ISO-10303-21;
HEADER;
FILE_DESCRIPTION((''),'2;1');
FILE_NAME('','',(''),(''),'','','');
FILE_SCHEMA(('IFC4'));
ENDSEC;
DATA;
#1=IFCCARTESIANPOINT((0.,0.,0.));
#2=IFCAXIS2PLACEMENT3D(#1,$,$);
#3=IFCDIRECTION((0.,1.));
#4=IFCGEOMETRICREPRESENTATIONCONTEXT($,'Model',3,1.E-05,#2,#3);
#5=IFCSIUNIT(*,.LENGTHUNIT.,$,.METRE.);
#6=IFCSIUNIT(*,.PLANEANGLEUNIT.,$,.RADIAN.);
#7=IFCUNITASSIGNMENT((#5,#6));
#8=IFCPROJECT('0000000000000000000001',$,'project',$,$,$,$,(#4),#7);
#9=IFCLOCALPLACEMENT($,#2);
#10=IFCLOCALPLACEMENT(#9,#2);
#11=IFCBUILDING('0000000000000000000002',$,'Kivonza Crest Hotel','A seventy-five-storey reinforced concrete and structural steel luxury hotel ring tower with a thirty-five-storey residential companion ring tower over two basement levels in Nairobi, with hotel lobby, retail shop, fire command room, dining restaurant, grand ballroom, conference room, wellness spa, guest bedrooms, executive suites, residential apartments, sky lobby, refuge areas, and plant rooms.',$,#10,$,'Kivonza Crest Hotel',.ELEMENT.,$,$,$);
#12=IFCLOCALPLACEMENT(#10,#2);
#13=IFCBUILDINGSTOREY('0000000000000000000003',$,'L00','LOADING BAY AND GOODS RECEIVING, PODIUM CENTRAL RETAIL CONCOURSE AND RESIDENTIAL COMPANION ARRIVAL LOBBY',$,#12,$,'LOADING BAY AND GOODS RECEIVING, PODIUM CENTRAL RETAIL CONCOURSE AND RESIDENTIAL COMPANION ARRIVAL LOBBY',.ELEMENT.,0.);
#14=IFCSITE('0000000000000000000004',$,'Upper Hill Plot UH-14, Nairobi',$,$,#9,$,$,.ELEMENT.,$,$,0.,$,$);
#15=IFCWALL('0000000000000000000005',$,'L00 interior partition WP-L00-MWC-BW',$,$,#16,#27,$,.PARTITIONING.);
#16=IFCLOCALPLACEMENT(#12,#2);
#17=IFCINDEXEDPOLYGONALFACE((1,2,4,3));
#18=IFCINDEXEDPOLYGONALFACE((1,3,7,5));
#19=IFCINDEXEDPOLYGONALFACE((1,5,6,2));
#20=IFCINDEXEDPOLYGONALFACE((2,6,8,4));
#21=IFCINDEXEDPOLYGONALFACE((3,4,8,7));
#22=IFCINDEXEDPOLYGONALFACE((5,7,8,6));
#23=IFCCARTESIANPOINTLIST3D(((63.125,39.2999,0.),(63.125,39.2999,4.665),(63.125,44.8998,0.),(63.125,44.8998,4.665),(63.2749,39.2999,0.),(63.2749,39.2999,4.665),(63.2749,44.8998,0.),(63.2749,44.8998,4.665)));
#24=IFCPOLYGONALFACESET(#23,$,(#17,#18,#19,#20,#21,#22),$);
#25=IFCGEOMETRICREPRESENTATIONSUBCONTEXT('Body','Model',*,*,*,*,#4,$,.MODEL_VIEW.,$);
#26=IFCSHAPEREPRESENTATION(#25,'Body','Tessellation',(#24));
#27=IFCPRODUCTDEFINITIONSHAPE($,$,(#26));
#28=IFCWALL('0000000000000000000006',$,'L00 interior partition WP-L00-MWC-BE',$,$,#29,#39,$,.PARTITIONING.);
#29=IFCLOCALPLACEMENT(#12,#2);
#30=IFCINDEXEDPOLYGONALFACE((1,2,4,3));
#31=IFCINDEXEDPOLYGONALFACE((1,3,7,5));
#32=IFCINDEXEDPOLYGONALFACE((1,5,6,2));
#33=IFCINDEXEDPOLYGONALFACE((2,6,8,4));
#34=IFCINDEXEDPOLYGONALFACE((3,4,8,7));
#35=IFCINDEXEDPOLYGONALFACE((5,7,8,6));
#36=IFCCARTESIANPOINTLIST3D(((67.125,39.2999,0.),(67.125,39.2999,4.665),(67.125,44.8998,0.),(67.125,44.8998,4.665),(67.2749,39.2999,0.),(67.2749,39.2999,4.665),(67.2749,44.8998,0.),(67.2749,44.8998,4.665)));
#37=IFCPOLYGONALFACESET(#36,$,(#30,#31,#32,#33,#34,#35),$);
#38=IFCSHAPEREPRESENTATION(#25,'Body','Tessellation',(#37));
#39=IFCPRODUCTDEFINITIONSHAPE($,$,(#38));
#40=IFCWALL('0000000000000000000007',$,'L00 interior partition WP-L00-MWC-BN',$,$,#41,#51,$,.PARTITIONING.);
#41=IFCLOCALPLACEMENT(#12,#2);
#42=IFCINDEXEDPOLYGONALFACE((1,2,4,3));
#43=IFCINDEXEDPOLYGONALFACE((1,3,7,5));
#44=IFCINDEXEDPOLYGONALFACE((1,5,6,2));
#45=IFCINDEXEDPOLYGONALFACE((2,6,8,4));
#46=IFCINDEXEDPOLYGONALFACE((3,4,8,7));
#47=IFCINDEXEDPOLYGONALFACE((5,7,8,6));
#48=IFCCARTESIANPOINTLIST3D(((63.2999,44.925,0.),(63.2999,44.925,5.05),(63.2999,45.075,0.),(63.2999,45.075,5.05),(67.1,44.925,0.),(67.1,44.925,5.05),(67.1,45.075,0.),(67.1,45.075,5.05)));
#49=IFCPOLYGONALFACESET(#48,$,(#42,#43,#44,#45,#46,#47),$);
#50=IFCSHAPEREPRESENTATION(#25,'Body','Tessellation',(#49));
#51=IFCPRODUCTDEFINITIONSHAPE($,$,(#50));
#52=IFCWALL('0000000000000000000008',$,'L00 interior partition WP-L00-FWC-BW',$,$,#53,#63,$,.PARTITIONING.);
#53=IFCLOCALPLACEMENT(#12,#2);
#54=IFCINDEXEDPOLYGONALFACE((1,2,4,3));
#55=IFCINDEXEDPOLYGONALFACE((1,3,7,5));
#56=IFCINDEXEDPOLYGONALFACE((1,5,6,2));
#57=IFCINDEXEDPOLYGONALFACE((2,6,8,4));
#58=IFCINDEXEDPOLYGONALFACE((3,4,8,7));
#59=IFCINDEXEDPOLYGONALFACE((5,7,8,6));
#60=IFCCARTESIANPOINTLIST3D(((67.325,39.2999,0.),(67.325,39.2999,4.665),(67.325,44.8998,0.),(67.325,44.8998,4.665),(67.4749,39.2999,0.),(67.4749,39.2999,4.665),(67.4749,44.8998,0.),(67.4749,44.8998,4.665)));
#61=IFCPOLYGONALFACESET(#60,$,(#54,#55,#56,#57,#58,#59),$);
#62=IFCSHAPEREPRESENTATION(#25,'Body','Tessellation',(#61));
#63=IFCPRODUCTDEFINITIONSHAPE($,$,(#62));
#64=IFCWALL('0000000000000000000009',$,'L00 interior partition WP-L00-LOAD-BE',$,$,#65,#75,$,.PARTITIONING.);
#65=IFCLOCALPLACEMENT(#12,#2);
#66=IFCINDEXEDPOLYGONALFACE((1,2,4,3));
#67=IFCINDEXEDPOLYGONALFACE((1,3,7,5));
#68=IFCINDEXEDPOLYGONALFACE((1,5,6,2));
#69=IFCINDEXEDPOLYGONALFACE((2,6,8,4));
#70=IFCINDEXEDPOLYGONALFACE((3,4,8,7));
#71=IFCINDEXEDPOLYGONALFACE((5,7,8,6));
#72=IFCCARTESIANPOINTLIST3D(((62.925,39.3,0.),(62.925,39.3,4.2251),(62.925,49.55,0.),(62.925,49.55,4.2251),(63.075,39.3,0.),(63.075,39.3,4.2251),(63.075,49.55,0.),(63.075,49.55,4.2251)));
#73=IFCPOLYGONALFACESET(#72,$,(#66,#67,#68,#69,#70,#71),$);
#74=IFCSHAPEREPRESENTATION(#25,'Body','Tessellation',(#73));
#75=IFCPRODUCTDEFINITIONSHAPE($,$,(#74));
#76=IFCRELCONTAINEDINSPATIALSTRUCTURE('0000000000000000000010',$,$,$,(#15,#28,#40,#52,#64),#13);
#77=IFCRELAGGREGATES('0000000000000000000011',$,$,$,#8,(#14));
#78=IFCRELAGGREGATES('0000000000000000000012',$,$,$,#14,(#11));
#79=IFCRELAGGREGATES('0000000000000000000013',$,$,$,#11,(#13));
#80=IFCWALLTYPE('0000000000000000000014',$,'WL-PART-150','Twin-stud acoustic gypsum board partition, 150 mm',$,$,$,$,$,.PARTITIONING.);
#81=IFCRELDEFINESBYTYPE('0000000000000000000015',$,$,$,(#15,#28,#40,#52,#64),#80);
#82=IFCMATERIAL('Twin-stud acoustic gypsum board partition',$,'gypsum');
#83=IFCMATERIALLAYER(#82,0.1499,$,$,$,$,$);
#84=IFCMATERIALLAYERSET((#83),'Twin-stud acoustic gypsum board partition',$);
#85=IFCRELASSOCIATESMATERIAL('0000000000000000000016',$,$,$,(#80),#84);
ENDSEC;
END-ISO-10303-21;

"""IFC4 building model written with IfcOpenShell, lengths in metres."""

from ifc_helpers import new_model, si_unit, direction, frame, frame_2d, origin, place, context, subcontext, project, spatial, rectangle, extrude, material, layer, layer_set, type_object, element, save


model = new_model("IFC4")

# Units and contexts
model_context = context("Model", 3, precision=1e-05, world=origin(), true_north=direction((0.0, 1.0)))
body_context = subcontext(model_context, "Body", "Model", "MODEL_VIEW")
ifc_project = project(units=[si_unit("LENGTHUNIT", "METRE"), si_unit("PLANEANGLEUNIT", "RADIAN")], contexts=[model_context])

# Site, building, storey
site_placement = place(None, origin())
site = spatial("IfcSite", under=ifc_project, at=site_placement, Name="Upper Hill Plot UH-14, Nairobi", CompositionType="ELEMENT", RefElevation=0.0)
building_placement = place(site_placement, origin())
building = spatial("IfcBuilding", under=site, at=building_placement, Name="Kivonza Crest Hotel", Description="A seventy-five-storey reinforced concrete and structural steel luxury hotel ring tower with a thirty-five-storey residential companion ring tower over two basement levels in Nairobi, with hotel lobby, retail shop, fire command room, dining restaurant, grand ballroom, conference room, wellness spa, guest bedrooms, executive suites, residential apartments, sky lobby, refuge areas, and plant rooms.", LongName="Kivonza Crest Hotel", CompositionType="ELEMENT")
storey_placement = place(building_placement, origin())
storey = spatial("IfcBuildingStorey", under=building, at=storey_placement, Name="L00", Description="LOADING BAY AND GOODS RECEIVING, PODIUM CENTRAL RETAIL CONCOURSE AND RESIDENTIAL COMPANION ARRIVAL LOBBY", LongName="LOADING BAY AND GOODS RECEIVING, PODIUM CENTRAL RETAIL CONCOURSE AND RESIDENTIAL COMPANION ARRIVAL LOBBY", CompositionType="ELEMENT", Elevation=0.0)

# Walls
ifc_material_1 = material(Name="Twin-stud acoustic gypsum board partition", Category="gypsum")
ifc_layer_1 = layer(ifc_material_1, 0.1499)
ifc_layer_set_1 = layer_set([ifc_layer_1], Name="Twin-stud acoustic gypsum board partition")
wall_type_1 = type_object("IfcWallType", Name="WL-PART-150", Description="Twin-stud acoustic gypsum board partition, 150 mm", PredefinedType="PARTITIONING", material=ifc_layer_set_1)
for number, where, z_axis, x_axis, name in (
    (1, (63.2, 39.3, 0.0), (0.0, 0.0, 1.0), (0.0, 1.0, 0.0), "L00 interior partition WP-L00-MWC-BW"),
    (2, (67.2, 39.3, 0.0), (0.0, 0.0, 1.0), (0.0, 1.0, 0.0), "L00 interior partition WP-L00-MWC-BE"),
):
    element("IfcWall", number, at=place(storey_placement, frame(where, z_axis=z_axis, x_axis=x_axis)), inside=storey, type_object=wall_type_1, Name=name, PredefinedType="PARTITIONING", context=body_context, shape_type="SweptSolid", body=[
        extrude(rectangle(XDim=5.5999, YDim=0.1499, at=frame_2d((2.7998, 0.0))), origin(), (0.0, 0.0, 1.0), 4.665),
    ])
wall_1_placement = place(storey_placement, frame((63.3, 45.0, 0.0), z_axis=(0.0, 0.0, 1.0), x_axis=(1.0, 0.0, 0.0)))
element("IfcWall", 3, at=wall_1_placement, inside=storey, type_object=wall_type_1, Name="L00 interior partition WP-L00-MWC-BN", PredefinedType="PARTITIONING", context=body_context, shape_type="SweptSolid", body=[
    extrude(rectangle(XDim=3.8, YDim=0.1499, at=frame_2d((1.8999, 0.0))), origin(), (0.0, 0.0, 1.0), 5.05),
])
wall_2_placement = place(storey_placement, frame((67.3999, 39.3, 0.0), z_axis=(0.0, 0.0, 1.0), x_axis=(0.0, 1.0, 0.0)))
element("IfcWall", 4, at=wall_2_placement, inside=storey, type_object=wall_type_1, Name="L00 interior partition WP-L00-FWC-BW", PredefinedType="PARTITIONING", context=body_context, shape_type="SweptSolid", body=[
    extrude(rectangle(XDim=5.5999, YDim=0.1499, at=frame_2d((2.7998, 0.0))), origin(), (0.0, 0.0, 1.0), 4.665),
])
wall_3_placement = place(storey_placement, frame((63.0, 39.3, 0.0), z_axis=(0.0, 0.0, 1.0), x_axis=(0.0, 1.0, 0.0)))
element("IfcWall", 5, at=wall_3_placement, inside=storey, type_object=wall_type_1, Name="L00 interior partition WP-L00-LOAD-BE", PredefinedType="PARTITIONING", context=body_context, shape_type="SweptSolid", body=[
    extrude(rectangle(XDim=10.25, YDim=0.1499, at=frame_2d((5.125, 0.0))), origin(), (0.0, 0.0, 1.0), 4.2251),
])

save(model, "model.ifc")
